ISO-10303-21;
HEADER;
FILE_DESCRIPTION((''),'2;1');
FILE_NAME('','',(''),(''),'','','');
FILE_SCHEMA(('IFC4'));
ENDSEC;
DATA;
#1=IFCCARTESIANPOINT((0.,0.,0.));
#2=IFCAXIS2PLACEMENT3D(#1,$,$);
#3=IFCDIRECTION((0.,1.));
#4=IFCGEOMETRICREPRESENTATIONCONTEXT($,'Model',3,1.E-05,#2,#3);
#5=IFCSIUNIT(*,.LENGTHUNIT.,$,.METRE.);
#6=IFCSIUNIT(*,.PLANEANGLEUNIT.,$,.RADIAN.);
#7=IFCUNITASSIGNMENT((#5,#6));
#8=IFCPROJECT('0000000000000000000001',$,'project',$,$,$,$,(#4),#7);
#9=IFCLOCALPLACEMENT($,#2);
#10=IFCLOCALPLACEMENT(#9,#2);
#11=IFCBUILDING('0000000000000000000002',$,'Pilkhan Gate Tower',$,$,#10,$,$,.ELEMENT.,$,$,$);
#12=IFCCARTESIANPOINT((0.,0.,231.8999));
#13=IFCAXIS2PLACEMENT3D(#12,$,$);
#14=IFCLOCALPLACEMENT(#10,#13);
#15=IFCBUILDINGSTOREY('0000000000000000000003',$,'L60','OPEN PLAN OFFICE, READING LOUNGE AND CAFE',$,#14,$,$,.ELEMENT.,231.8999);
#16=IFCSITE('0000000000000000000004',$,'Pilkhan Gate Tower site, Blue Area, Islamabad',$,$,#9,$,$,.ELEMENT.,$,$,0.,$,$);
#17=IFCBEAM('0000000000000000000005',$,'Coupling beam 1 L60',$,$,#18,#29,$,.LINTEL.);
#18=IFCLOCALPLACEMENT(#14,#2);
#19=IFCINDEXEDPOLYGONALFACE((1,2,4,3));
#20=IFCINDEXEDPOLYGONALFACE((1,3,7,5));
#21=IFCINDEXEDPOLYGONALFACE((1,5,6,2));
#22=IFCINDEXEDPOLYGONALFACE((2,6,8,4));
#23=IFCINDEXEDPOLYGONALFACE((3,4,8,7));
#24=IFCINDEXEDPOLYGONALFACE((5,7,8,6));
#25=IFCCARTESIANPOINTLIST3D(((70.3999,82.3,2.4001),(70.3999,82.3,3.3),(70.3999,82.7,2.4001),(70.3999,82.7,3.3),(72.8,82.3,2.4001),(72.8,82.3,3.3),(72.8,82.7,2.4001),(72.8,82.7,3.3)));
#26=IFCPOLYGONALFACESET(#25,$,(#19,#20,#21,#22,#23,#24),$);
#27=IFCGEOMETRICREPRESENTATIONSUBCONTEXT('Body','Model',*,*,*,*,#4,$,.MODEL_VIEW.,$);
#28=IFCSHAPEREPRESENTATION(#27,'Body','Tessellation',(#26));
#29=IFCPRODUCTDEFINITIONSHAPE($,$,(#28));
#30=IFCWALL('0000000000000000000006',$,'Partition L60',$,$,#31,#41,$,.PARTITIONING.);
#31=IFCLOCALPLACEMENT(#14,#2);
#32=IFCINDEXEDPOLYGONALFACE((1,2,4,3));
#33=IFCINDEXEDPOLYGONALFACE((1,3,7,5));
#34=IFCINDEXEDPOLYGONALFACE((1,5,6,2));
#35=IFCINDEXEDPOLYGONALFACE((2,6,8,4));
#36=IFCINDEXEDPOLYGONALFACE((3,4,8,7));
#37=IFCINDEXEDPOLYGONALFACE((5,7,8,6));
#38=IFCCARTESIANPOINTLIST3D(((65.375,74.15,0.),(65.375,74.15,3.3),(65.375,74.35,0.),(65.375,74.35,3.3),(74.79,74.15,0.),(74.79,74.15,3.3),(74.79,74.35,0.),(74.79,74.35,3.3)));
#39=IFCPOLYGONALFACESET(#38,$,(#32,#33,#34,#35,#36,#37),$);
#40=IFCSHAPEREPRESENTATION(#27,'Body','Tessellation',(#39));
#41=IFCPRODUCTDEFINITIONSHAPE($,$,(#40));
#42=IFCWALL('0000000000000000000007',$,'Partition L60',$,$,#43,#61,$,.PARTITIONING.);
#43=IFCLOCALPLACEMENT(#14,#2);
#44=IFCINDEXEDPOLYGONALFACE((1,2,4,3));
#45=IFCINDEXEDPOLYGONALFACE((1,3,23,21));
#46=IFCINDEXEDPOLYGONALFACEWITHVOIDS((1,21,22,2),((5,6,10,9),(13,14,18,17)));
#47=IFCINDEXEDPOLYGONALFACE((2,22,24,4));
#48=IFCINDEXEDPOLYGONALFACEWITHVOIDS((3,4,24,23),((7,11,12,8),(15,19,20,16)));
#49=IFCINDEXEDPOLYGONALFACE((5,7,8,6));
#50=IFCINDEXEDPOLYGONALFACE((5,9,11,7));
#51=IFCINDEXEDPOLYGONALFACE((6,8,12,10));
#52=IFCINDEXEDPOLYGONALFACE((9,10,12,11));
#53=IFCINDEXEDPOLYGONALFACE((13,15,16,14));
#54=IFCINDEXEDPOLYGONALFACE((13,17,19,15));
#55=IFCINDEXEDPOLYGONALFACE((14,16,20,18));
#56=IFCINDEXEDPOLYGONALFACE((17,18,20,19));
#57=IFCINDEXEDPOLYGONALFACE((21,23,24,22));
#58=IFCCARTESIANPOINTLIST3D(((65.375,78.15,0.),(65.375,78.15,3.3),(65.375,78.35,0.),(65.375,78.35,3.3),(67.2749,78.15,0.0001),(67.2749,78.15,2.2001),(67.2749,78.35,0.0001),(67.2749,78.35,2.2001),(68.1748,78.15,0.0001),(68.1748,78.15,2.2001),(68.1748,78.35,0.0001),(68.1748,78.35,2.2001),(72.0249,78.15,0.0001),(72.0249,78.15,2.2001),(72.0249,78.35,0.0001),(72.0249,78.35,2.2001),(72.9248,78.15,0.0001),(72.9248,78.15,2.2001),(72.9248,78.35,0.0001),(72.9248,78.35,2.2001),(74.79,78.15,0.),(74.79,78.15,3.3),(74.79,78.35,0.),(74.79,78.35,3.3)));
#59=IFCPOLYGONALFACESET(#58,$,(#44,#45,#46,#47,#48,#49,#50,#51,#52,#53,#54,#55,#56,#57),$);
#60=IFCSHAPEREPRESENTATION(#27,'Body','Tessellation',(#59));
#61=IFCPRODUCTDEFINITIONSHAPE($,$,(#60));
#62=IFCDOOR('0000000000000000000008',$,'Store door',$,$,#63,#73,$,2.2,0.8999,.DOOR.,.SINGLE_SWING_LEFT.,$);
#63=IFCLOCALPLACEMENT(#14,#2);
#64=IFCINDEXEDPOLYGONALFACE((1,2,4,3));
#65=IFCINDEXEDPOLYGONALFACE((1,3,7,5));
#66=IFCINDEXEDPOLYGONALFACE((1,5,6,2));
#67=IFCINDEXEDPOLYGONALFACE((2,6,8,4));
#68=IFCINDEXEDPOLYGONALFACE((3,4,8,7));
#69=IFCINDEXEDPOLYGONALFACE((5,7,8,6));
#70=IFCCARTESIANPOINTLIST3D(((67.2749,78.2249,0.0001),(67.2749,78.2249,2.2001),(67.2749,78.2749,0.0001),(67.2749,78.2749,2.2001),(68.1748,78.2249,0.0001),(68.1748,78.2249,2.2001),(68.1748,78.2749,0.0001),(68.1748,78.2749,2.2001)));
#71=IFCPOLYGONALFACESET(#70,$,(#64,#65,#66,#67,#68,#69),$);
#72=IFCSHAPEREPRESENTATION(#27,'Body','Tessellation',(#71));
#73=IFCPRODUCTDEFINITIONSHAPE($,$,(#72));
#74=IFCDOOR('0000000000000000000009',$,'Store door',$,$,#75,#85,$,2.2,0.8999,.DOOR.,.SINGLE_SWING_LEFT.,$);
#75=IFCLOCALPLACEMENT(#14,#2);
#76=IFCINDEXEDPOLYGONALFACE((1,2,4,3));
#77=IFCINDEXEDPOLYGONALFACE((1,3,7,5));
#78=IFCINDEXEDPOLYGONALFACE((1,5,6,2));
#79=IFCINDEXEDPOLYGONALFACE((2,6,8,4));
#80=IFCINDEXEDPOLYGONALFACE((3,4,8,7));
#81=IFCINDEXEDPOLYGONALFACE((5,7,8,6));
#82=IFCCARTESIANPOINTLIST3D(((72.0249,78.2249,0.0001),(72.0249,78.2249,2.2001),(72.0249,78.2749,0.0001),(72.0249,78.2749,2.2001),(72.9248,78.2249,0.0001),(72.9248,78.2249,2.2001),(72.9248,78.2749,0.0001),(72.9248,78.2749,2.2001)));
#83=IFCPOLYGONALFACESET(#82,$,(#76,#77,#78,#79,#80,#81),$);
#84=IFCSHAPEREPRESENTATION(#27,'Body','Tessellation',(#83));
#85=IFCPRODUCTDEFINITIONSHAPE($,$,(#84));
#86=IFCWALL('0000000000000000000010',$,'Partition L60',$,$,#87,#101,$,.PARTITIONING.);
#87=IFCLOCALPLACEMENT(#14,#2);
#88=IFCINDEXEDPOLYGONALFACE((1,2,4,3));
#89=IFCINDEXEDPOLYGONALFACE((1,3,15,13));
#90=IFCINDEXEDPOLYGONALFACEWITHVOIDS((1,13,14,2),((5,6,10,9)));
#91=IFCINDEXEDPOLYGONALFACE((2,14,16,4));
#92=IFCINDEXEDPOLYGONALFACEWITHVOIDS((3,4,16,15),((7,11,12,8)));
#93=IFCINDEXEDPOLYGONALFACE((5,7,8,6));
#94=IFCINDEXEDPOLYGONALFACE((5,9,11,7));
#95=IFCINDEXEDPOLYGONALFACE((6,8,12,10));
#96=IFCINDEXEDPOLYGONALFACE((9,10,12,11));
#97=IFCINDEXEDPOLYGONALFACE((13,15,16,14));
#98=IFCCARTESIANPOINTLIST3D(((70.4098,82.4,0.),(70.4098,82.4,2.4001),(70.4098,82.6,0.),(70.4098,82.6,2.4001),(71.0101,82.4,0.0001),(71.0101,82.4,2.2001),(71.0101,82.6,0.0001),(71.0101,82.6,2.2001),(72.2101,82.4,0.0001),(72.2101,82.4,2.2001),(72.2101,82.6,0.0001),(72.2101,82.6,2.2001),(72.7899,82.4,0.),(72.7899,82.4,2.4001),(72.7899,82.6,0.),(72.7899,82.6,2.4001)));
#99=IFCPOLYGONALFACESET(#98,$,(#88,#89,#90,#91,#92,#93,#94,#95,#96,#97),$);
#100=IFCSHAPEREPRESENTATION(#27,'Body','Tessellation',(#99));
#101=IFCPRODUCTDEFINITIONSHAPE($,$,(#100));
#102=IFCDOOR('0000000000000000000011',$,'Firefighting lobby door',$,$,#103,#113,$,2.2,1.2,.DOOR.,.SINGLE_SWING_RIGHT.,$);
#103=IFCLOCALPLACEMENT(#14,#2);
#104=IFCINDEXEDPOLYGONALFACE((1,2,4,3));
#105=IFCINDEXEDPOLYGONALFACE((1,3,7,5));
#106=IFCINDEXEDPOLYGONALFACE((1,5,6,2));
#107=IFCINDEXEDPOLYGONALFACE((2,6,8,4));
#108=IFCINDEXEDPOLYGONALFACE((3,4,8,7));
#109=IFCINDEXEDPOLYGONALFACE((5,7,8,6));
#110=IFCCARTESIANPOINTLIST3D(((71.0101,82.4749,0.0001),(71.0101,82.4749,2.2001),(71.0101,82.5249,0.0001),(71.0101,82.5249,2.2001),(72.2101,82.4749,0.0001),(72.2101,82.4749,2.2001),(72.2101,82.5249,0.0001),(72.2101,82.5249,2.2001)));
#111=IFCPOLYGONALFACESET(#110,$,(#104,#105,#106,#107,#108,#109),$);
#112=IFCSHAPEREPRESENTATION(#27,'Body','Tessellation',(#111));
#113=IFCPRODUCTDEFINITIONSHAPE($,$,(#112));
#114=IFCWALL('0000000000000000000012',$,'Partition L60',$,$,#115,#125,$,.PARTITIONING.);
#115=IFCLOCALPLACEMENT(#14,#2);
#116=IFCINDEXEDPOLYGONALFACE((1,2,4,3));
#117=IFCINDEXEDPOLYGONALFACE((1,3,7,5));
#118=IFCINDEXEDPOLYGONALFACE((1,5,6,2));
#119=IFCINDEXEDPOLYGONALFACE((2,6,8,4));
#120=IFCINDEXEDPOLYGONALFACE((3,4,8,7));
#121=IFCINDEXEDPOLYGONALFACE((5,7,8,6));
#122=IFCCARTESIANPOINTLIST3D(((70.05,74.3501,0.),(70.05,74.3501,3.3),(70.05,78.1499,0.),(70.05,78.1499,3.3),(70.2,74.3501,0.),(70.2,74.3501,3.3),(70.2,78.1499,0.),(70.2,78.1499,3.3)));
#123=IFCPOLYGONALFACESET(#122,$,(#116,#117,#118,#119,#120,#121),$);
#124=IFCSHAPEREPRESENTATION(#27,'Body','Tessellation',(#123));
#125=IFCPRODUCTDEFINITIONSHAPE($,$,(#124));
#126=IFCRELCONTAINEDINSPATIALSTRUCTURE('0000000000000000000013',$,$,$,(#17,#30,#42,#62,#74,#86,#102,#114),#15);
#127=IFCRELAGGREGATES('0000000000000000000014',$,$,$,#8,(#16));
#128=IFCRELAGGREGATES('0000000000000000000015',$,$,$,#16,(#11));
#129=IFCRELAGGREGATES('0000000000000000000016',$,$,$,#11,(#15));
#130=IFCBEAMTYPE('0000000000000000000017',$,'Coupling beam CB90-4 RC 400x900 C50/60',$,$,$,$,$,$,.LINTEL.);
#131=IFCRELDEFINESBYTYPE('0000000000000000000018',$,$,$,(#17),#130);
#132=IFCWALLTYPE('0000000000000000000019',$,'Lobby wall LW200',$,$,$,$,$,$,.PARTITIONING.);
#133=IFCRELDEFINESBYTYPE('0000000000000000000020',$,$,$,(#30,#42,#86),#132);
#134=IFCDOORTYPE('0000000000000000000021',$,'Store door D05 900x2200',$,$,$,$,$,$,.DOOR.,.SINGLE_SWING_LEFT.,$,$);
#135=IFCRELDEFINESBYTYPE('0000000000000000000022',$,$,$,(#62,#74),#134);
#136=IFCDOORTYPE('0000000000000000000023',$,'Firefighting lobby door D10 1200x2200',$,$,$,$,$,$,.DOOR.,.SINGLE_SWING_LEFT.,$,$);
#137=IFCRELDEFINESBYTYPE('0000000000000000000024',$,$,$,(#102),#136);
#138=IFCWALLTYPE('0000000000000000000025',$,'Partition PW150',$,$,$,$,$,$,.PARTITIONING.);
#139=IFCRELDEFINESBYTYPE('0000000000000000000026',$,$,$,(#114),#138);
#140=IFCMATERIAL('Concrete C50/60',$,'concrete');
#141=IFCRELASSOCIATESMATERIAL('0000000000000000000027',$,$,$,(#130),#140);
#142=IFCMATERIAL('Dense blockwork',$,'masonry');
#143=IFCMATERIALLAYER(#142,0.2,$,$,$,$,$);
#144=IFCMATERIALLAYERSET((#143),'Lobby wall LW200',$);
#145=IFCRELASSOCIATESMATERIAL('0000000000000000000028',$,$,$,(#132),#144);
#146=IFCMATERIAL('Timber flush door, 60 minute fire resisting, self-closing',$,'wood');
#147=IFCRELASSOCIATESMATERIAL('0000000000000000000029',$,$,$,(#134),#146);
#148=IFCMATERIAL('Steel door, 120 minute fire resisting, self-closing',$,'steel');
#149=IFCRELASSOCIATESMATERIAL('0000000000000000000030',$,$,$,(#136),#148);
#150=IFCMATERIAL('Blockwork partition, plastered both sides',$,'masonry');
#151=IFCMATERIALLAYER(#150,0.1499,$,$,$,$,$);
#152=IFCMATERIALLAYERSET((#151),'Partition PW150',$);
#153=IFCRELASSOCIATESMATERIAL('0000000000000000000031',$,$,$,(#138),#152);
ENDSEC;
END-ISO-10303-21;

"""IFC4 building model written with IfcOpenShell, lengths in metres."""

from ifc_helpers import new_model, si_unit, direction, frame, frame_2d, origin, origin_2d, place, context, subcontext, project, spatial, rectangle, extrude, material, layer, layer_set, material_profile, profile_set, type_object, element, fill, save


model = new_model("IFC4")

# Units and contexts
model_context = context("Model", 3, precision=1e-05, world=origin(), true_north=direction((0.0, 1.0)))
body_context = subcontext(model_context, "Body", "Model", "MODEL_VIEW")
ifc_project = project(units=[si_unit("LENGTHUNIT", "METRE"), si_unit("PLANEANGLEUNIT", "RADIAN")], contexts=[model_context])

# Site, building, storey
site_placement = place(None, origin())
site = spatial("IfcSite", under=ifc_project, at=site_placement, Name="Pilkhan Gate Tower site, Blue Area, Islamabad", CompositionType="ELEMENT", RefElevation=0.0)
building_placement = place(site_placement, origin())
building = spatial("IfcBuilding", under=site, at=building_placement, Name="Pilkhan Gate Tower", CompositionType="ELEMENT")
storey_placement = place(building_placement, frame((0.0, 0.0, 231.8999)))
storey = spatial("IfcBuildingStorey", under=building, at=storey_placement, Name="L60", Description="OPEN PLAN OFFICE, READING LOUNGE AND CAFE", CompositionType="ELEMENT", Elevation=231.8999)

# Beam
ifc_material_1 = material(Name="Concrete C50/60", Category="concrete")
ifc_material_profile = material_profile(ifc_material_1, rectangle(XDim=0.3999, YDim=0.8999, at=origin_2d()), Name="RC 400x900")
ifc_profile_set = profile_set([ifc_material_profile], Name="Concrete C50/60")
beam_type = type_object("IfcBeamType", Name="Coupling beam CB90-4 RC 400x900 C50/60", PredefinedType="LINTEL", material=ifc_profile_set)
beam_placement = place(storey_placement, frame((70.3999, 82.5, 2.8501), z_axis=(1.0, 0.0, 0.0), x_axis=(0.0, 1.0, 0.0)))
element("IfcBeam", 1, at=beam_placement, inside=storey, type_object=beam_type, Name="Coupling beam 1 L60", PredefinedType="LINTEL", context=body_context, shape_type="SweptSolid", body=[
    extrude(rectangle(XDim=0.3999, YDim=0.8999, at=origin_2d()), origin(), (0.0, 0.0, 1.0), 2.4001),
])

# Wall
ifc_material_2 = material(Name="Dense blockwork", Category="masonry")
ifc_layer_1 = layer(ifc_material_2, 0.2)
ifc_layer_set_1 = layer_set([ifc_layer_1], Name="Lobby wall LW200")
wall_type_1 = type_object("IfcWallType", Name="Lobby wall LW200", PredefinedType="PARTITIONING", material=ifc_layer_set_1)
wall_1_placement = place(storey_placement, frame((65.375, 74.25, 0.0), z_axis=(0.0, 0.0, 1.0), x_axis=(1.0, 0.0, 0.0)))
element("IfcWall", 2, at=wall_1_placement, inside=storey, type_object=wall_type_1, Name="Partition L60", PredefinedType="PARTITIONING", context=body_context, shape_type="SweptSolid", body=[
    extrude(rectangle(XDim=9.415, YDim=0.2, at=frame_2d((4.7075, 0.0))), origin(), (0.0, 0.0, 1.0), 3.3),
])

# Wall, openings, doors
wall_2_placement = place(storey_placement, frame((65.375, 78.25, 0.0), z_axis=(0.0, 0.0, 1.0), x_axis=(1.0, 0.0, 0.0)))
wall_2 = element("IfcWall", 3, at=wall_2_placement, inside=storey, type_object=wall_type_1, Name="Partition L60", PredefinedType="PARTITIONING", context=body_context, shape_type="SweptSolid", body=[
    extrude(rectangle(XDim=9.415, YDim=0.2, at=frame_2d((4.7075, 0.0))), origin(), (0.0, 0.0, 1.0), 3.3),
])
opening_1_placement = place(wall_2_placement, frame((1.8999, 0.0, 0.0)))
opening_1 = element("IfcOpeningElement", 4, at=opening_1_placement, cuts=wall_2, PredefinedType="OPENING", context=body_context, shape_type="SweptSolid", body=[
    extrude(rectangle(XDim=0.8999, YDim=2.2, at=frame_2d((0.45, 1.1001))), frame((0.0, 0.1099, 0.0), z_axis=(0.0, -1.0, 0.0), x_axis=(1.0, 0.0, 0.0)), (0.0, 0.0, 1.0), 0.22),
])
opening_2_placement = place(wall_2_placement, frame((6.6499, 0.0, 0.0)))
opening_2 = element("IfcOpeningElement", 5, at=opening_2_placement, cuts=wall_2, PredefinedType="OPENING", context=body_context, shape_type="SweptSolid", body=[
    extrude(rectangle(XDim=0.8999, YDim=2.2, at=frame_2d((0.45, 1.1001))), frame((0.0, 0.1099, 0.0), z_axis=(0.0, -1.0, 0.0), x_axis=(1.0, 0.0, 0.0)), (0.0, 0.0, 1.0), 0.22),
])
ifc_material_3 = material(Name="Timber flush door, 60 minute fire resisting, self-closing", Category="wood")
door_type_1 = type_object("IfcDoorType", Name="Store door D05 900x2200", OperationType="SINGLE_SWING_LEFT", PredefinedType="DOOR", material=ifc_material_3)
door_1_placement = place(opening_1_placement, origin())
door_1 = element("IfcDoor", 6, at=door_1_placement, inside=storey, type_object=door_type_1, Name="Store door", OperationType="SINGLE_SWING_LEFT", OverallHeight=2.2, OverallWidth=0.8999, PredefinedType="DOOR", context=body_context, shape_type="SweptSolid", body=[
    extrude(rectangle(XDim=0.8999, YDim=2.2, at=frame_2d((0.45, 1.1001))), frame((0.0, 0.0249, 0.0), z_axis=(0.0, -1.0, 0.0), x_axis=(1.0, 0.0, 0.0)), (0.0, 0.0, 1.0), 0.05),
])
fill(opening_1, door_1)
door_2_placement = place(opening_2_placement, origin())
door_2 = element("IfcDoor", 7, at=door_2_placement, inside=storey, type_object=door_type_1, Name="Store door", OperationType="SINGLE_SWING_LEFT", OverallHeight=2.2, OverallWidth=0.8999, PredefinedType="DOOR", context=body_context, shape_type="SweptSolid", body=[
    extrude(rectangle(XDim=0.8999, YDim=2.2, at=frame_2d((0.45, 1.1001))), frame((0.0, 0.0249, 0.0), z_axis=(0.0, -1.0, 0.0), x_axis=(1.0, 0.0, 0.0)), (0.0, 0.0, 1.0), 0.05),
])
fill(opening_2, door_2)

# Wall, opening, door
wall_3_placement = place(storey_placement, frame((70.4099, 82.5, 0.0), z_axis=(0.0, 0.0, 1.0), x_axis=(1.0, 0.0, 0.0)))
wall_3 = element("IfcWall", 8, at=wall_3_placement, inside=storey, type_object=wall_type_1, Name="Partition L60", PredefinedType="PARTITIONING", context=body_context, shape_type="SweptSolid", body=[
    extrude(rectangle(XDim=2.3801, YDim=0.2, at=frame_2d((1.1899, 0.0))), origin(), (0.0, 0.0, 1.0), 2.4001),
])
opening_3_placement = place(wall_3_placement, frame((0.6001, 0.0, 0.0)))
opening_3 = element("IfcOpeningElement", 9, at=opening_3_placement, cuts=wall_3, PredefinedType="OPENING", context=body_context, shape_type="SweptSolid", body=[
    extrude(rectangle(XDim=1.2, YDim=2.2, at=frame_2d((0.6001, 1.1001))), frame((0.0, 0.1099, 0.0), z_axis=(0.0, -1.0, 0.0), x_axis=(1.0, 0.0, 0.0)), (0.0, 0.0, 1.0), 0.22),
])
ifc_material_4 = material(Name="Steel door, 120 minute fire resisting, self-closing", Category="steel")
door_type_2 = type_object("IfcDoorType", Name="Firefighting lobby door D10 1200x2200", OperationType="SINGLE_SWING_LEFT", PredefinedType="DOOR", material=ifc_material_4)
door_3_placement = place(opening_3_placement, origin())
door_3 = element("IfcDoor", 10, at=door_3_placement, inside=storey, type_object=door_type_2, Name="Firefighting lobby door", OperationType="SINGLE_SWING_RIGHT", OverallHeight=2.2, OverallWidth=1.2, PredefinedType="DOOR", context=body_context, shape_type="SweptSolid", body=[
    extrude(rectangle(XDim=1.2, YDim=2.2, at=frame_2d((0.6001, 1.1001))), frame((0.0, 0.0249, 0.0), z_axis=(0.0, -1.0, 0.0), x_axis=(1.0, 0.0, 0.0)), (0.0, 0.0, 1.0), 0.05),
])
fill(opening_3, door_3)

# Wall
ifc_material_5 = material(Name="Blockwork partition, plastered both sides", Category="masonry")
ifc_layer_2 = layer(ifc_material_5, 0.1499)
ifc_layer_set_2 = layer_set([ifc_layer_2], Name="Partition PW150")
wall_type_2 = type_object("IfcWallType", Name="Partition PW150", PredefinedType="PARTITIONING", material=ifc_layer_set_2)
wall_4_placement = place(storey_placement, frame((70.125, 74.3501, 0.0), z_axis=(0.0, 0.0, 1.0), x_axis=(0.0, 1.0, 0.0)))
element("IfcWall", 11, at=wall_4_placement, inside=storey, type_object=wall_type_2, Name="Partition L60", PredefinedType="PARTITIONING", context=body_context, shape_type="SweptSolid", body=[
    extrude(rectangle(XDim=3.7998, YDim=0.1499, at=frame_2d((1.8999, 0.0))), origin(), (0.0, 0.0, 1.0), 3.3),
])

save(model, "model.ifc")
